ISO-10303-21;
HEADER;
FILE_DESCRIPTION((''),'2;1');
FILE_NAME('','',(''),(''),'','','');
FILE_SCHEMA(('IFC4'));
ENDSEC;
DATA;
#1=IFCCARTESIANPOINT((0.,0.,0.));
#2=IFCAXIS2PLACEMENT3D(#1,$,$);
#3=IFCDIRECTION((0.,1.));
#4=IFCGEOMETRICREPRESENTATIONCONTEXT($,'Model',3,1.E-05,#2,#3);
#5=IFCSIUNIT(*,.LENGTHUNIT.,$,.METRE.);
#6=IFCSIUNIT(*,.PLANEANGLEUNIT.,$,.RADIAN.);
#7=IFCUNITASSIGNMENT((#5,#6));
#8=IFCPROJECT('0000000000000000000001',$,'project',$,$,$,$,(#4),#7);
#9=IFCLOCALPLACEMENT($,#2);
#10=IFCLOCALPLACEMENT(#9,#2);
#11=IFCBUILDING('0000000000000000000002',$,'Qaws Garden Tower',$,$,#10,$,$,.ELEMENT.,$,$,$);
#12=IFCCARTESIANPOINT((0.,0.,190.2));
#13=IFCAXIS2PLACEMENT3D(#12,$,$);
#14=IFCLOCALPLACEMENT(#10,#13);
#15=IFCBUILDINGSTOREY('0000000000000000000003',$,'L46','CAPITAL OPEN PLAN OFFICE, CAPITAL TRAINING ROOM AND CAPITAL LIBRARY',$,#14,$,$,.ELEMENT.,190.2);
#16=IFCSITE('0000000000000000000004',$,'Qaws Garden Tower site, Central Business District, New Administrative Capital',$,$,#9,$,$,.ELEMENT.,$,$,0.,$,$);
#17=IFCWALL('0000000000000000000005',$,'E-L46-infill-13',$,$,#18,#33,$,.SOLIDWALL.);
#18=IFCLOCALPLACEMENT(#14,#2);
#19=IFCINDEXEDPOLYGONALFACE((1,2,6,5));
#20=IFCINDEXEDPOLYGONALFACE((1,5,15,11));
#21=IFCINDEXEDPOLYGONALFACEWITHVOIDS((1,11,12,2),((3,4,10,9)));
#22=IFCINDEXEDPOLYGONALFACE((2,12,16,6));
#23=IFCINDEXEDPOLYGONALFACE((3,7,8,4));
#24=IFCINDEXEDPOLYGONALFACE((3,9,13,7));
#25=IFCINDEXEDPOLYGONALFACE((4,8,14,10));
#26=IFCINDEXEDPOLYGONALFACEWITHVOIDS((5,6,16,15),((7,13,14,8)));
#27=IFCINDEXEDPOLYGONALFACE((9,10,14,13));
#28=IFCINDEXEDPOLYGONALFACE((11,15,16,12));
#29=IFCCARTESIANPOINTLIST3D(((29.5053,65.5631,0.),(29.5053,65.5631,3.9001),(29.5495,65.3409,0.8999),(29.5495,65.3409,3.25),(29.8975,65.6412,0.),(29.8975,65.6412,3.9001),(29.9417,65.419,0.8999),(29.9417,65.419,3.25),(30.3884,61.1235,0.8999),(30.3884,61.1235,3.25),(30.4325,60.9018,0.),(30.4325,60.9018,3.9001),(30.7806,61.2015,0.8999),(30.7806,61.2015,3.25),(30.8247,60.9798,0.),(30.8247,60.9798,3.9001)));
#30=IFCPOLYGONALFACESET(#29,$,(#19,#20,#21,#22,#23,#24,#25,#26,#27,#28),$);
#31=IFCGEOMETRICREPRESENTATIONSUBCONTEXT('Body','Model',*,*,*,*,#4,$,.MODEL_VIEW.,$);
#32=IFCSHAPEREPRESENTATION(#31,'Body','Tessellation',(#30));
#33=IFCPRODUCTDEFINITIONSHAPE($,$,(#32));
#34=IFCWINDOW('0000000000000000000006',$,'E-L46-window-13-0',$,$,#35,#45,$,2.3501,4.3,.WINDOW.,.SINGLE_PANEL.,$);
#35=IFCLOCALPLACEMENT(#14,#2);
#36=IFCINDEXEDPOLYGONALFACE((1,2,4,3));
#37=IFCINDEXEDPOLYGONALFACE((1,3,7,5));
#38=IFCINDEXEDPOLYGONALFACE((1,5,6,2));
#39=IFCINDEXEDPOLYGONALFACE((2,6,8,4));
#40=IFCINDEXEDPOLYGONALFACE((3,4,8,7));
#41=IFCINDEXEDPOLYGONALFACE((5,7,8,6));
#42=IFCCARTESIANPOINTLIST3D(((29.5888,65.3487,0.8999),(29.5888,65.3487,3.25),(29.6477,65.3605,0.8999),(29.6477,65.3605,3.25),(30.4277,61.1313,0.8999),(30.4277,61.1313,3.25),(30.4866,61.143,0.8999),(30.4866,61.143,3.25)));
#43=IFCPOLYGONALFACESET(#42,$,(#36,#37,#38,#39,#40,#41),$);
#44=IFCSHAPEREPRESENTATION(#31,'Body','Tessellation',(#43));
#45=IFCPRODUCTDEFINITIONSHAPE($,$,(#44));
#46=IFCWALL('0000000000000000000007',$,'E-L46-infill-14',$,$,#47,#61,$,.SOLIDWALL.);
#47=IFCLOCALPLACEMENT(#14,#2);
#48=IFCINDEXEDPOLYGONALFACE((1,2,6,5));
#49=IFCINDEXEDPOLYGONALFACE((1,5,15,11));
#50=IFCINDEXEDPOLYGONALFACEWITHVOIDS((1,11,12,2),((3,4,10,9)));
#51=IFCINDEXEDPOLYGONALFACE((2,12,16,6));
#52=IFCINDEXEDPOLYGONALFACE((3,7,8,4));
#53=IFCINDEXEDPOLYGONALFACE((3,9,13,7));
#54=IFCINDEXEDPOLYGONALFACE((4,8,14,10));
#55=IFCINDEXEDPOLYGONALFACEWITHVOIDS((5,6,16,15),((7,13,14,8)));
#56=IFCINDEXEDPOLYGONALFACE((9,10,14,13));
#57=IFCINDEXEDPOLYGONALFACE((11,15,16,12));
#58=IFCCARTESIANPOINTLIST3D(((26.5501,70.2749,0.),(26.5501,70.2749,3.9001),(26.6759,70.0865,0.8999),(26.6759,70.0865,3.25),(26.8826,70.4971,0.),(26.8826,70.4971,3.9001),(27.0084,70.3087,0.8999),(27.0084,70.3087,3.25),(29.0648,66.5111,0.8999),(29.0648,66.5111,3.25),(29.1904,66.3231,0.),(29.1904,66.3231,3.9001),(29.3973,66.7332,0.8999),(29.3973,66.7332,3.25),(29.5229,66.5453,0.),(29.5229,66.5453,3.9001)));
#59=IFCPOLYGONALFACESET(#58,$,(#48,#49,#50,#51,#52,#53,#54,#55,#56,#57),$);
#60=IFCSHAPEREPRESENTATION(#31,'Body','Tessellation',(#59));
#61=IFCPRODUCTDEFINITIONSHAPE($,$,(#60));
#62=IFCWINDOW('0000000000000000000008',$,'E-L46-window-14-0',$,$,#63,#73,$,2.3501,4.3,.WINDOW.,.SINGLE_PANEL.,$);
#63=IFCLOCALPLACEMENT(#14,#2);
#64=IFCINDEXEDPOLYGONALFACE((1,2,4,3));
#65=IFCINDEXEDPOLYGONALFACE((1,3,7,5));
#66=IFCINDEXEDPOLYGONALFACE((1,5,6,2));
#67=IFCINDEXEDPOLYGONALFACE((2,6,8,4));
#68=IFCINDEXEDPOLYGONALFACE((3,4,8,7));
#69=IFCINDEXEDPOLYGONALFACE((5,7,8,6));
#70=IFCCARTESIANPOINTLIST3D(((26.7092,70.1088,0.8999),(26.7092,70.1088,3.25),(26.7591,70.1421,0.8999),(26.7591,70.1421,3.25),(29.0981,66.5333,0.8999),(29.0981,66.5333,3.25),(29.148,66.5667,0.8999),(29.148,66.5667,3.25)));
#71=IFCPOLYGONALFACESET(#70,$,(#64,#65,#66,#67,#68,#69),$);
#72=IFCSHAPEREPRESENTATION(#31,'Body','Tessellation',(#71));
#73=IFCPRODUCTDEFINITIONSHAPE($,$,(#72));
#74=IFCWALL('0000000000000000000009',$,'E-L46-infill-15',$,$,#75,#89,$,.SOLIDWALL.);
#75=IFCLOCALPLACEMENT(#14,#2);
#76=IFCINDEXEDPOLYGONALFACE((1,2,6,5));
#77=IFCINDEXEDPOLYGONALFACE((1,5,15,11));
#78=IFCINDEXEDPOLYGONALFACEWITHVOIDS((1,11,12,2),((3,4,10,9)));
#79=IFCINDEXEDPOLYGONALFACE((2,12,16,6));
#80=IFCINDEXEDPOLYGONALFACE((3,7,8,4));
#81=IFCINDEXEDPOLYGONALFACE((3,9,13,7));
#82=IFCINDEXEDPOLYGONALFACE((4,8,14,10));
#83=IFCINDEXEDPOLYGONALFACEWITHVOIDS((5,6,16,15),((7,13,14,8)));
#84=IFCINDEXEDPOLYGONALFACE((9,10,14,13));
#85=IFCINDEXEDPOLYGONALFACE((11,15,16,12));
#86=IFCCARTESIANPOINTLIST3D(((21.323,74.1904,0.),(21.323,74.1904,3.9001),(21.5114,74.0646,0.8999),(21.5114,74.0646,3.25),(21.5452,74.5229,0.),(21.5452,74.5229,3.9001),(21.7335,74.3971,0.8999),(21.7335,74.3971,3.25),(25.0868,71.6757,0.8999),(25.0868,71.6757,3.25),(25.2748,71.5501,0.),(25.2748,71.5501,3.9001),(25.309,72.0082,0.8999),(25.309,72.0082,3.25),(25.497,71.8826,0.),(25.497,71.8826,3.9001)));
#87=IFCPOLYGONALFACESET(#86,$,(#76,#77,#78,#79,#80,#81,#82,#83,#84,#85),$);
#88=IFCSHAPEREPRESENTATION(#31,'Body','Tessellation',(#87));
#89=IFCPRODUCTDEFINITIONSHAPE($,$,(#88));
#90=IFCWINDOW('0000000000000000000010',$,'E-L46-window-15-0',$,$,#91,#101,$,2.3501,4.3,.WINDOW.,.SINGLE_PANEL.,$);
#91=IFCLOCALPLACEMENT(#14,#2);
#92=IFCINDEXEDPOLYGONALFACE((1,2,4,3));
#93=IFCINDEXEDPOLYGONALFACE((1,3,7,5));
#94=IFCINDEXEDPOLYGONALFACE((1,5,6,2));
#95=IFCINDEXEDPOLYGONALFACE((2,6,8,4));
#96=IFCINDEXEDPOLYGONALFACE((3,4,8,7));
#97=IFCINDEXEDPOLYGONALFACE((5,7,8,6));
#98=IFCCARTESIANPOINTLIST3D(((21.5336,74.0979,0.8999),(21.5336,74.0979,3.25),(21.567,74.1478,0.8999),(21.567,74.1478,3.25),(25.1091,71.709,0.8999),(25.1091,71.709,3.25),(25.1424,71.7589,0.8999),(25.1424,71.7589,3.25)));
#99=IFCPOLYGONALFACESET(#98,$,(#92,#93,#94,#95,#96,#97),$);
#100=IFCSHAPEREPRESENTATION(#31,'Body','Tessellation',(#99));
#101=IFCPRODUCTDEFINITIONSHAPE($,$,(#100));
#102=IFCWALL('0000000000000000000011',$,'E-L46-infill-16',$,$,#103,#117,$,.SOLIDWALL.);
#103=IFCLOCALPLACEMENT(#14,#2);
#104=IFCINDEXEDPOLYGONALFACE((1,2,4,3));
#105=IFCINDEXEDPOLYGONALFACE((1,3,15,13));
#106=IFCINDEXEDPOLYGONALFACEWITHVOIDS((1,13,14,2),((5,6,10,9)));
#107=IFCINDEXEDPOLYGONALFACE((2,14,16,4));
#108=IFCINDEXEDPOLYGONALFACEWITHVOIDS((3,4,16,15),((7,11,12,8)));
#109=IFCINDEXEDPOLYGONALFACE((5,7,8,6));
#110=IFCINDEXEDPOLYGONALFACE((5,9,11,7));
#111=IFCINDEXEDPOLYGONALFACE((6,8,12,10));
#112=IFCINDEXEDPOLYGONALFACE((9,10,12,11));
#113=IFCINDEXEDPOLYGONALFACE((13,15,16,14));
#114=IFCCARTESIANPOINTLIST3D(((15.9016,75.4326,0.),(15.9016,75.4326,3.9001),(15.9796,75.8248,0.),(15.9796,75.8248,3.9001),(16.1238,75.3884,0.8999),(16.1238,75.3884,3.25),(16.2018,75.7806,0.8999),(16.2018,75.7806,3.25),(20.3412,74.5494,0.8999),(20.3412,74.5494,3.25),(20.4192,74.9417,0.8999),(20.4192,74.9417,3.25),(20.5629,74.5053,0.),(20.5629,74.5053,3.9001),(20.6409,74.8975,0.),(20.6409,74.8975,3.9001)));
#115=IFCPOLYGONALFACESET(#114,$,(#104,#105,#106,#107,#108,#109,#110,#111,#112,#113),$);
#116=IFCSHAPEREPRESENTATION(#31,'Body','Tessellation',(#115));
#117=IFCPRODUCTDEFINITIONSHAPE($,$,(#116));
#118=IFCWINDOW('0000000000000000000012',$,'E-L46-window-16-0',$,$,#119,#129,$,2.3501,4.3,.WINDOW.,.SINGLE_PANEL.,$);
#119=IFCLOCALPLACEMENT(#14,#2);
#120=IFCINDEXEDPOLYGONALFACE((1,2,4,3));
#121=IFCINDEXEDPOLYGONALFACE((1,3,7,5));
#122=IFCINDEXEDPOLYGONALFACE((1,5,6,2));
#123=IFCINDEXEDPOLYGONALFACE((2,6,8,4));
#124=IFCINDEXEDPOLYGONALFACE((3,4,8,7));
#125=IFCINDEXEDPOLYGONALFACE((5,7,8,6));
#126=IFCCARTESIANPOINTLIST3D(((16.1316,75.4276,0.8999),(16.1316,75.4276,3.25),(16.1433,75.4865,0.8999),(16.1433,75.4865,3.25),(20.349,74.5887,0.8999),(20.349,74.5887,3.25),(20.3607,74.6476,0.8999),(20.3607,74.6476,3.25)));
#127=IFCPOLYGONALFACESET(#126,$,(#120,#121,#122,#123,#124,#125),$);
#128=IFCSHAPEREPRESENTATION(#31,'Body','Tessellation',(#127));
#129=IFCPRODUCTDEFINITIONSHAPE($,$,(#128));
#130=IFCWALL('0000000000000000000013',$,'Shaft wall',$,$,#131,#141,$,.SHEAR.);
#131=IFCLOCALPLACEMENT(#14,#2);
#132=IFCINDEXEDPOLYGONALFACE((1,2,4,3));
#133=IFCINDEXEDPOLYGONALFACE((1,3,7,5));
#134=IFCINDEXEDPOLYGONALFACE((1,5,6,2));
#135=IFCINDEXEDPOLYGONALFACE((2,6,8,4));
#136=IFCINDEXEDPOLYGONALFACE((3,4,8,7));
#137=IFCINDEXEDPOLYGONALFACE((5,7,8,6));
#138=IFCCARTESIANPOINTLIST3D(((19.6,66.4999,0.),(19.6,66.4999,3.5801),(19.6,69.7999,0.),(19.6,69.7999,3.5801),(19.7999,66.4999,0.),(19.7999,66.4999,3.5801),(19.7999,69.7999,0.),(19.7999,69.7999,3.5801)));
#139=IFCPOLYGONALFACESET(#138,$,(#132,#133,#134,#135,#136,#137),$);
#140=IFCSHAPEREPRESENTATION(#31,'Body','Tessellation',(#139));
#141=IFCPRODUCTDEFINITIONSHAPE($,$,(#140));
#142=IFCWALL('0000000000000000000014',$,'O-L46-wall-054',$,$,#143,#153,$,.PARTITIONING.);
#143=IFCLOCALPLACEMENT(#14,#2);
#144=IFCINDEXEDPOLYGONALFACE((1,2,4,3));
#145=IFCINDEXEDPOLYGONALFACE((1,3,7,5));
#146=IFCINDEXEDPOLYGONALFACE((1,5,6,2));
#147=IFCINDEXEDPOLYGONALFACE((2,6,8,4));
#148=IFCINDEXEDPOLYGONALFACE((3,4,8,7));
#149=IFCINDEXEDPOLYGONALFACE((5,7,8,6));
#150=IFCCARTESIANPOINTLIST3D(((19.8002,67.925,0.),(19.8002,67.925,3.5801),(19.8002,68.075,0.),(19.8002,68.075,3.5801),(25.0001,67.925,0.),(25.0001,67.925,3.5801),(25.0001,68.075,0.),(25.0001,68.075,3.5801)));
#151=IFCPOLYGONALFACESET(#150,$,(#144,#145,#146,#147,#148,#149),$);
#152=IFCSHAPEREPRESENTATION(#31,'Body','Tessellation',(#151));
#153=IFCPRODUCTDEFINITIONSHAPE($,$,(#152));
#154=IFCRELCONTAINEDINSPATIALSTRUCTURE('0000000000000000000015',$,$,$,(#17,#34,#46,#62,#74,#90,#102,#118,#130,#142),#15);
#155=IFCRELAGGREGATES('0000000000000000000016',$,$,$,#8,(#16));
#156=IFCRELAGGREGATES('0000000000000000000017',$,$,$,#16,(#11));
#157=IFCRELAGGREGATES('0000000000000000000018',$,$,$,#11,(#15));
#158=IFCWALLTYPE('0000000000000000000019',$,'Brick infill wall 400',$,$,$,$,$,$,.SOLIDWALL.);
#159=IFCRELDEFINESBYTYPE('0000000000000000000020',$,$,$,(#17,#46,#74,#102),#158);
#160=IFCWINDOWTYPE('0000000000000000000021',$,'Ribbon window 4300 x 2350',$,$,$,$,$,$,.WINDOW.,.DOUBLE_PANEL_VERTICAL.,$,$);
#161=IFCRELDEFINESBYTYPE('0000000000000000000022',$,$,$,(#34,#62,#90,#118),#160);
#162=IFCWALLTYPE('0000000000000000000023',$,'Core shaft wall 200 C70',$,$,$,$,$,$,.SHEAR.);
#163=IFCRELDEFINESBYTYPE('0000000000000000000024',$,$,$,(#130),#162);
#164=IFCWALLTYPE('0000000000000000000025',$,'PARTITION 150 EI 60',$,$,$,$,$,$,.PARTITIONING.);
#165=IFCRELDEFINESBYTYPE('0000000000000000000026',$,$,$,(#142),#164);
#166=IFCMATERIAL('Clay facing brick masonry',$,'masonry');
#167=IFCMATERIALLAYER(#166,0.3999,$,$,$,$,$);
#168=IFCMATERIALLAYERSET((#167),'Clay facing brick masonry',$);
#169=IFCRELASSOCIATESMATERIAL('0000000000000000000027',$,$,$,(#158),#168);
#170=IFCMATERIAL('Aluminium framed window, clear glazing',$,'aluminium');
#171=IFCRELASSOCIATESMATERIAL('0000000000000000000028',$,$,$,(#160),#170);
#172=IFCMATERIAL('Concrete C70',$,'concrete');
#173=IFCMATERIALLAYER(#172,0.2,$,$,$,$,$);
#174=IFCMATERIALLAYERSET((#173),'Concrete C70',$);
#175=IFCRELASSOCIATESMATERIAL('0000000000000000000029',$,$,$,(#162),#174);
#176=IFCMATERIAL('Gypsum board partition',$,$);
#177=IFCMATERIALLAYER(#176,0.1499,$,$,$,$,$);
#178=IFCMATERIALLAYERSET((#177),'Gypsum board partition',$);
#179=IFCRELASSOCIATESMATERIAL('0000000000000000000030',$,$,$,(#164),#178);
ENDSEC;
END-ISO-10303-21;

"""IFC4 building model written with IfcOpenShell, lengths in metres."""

from ifc_helpers import new_model, si_unit, direction, frame, frame_2d, origin, place, context, subcontext, project, spatial, rectangle, extrude, material, layer, layer_set, type_object, element, fill, save


model = new_model("IFC4")

# Units and contexts
model_context = context("Model", 3, precision=1e-05, world=origin(), true_north=direction((0.0, 1.0)))
body_context = subcontext(model_context, "Body", "Model", "MODEL_VIEW")
ifc_project = project(units=[si_unit("LENGTHUNIT", "METRE"), si_unit("PLANEANGLEUNIT", "RADIAN")], contexts=[model_context])

# Site, building, storey
site_placement = place(None, origin())
site = spatial("IfcSite", under=ifc_project, at=site_placement, Name="Qaws Garden Tower site, Central Business District, New Administrative Capital", CompositionType="ELEMENT", RefElevation=0.0)
building_placement = place(site_placement, origin())
building = spatial("IfcBuilding", under=site, at=building_placement, Name="Qaws Garden Tower", CompositionType="ELEMENT")
storey_placement = place(building_placement, frame((0.0, 0.0, 190.2)))
storey = spatial("IfcBuildingStorey", under=building, at=storey_placement, Name="L46", Description="CAPITAL OPEN PLAN OFFICE, CAPITAL TRAINING ROOM AND CAPITAL LIBRARY", CompositionType="ELEMENT", Elevation=190.2)

# Walls, openings, windows
ifc_material_1 = material(Name="Clay facing brick masonry", Category="masonry")
ifc_layer_1 = layer(ifc_material_1, 0.3999)
ifc_layer_set_1 = layer_set([ifc_layer_1], Name="Clay facing brick masonry")
wall_type_1 = type_object("IfcWallType", Name="Brick infill wall 400", PredefinedType="SOLIDWALL", material=ifc_layer_set_1)
wall_1_placement = place(storey_placement, frame((30.6287, 60.9407, 0.0), z_axis=(0.0, 0.0, 1.0), x_axis=(-0.195099, 0.980784, 0.0)))
wall_1 = element("IfcWall", 1, at=wall_1_placement, inside=storey, type_object=wall_type_1, Name="E-L46-infill-13", PredefinedType="SOLIDWALL", context=body_context, shape_type="SweptSolid", body=[
    extrude(rectangle(XDim=4.7527, YDim=0.3999, at=frame_2d((2.3765, 0.0))), origin(), (0.0, 0.0, 1.0), 3.9001),
])
opening_1_placement = place(wall_1_placement, frame((0.2263, 0.0, 0.8999)))
opening_1 = element("IfcOpeningElement", 2, at=opening_1_placement, cuts=wall_1, PredefinedType="OPENING", context=body_context, shape_type="SweptSolid", body=[
    extrude(rectangle(XDim=4.3, YDim=2.3501, at=frame_2d((2.1499, 1.175))), frame((0.0, 0.21, 0.0), z_axis=(0.0, -1.0, 0.0), x_axis=(1.0, 0.0, 0.0)), (0.0, 0.0, 1.0), 0.4199),
])
ifc_material_2 = material(Name="Aluminium framed window, clear glazing", Category="aluminium")
window_type = type_object("IfcWindowType", Name="Ribbon window 4300 x 2350", PartitioningType="DOUBLE_PANEL_VERTICAL", PredefinedType="WINDOW", material=ifc_material_2)
window_1_placement = place(opening_1_placement, origin())
window_1 = element("IfcWindow", 3, at=window_1_placement, inside=storey, type_object=window_type, Name="E-L46-window-13-0", OverallHeight=2.3501, OverallWidth=4.3, PartitioningType="SINGLE_PANEL", PredefinedType="WINDOW", context=body_context, shape_type="SweptSolid", body=[
    extrude(rectangle(XDim=4.3, YDim=2.3501, at=frame_2d((2.1499, 1.175))), frame((0.0, 0.1599, 0.0), z_axis=(0.0, -1.0, 0.0), x_axis=(1.0, 0.0, 0.0)), (0.0, 0.0, 1.0), 0.0601),
])
fill(opening_1, window_1)
wall_2_placement = place(storey_placement, frame((29.3567, 66.4341, 0.0), z_axis=(0.0, 0.0, 1.0), x_axis=(-0.555542, 0.831489, 0.0)))
wall_2 = element("IfcWall", 4, at=wall_2_placement, inside=storey, type_object=wall_type_1, Name="E-L46-infill-14", PredefinedType="SOLIDWALL", context=body_context, shape_type="SweptSolid", body=[
    extrude(rectangle(XDim=4.7527, YDim=0.3999, at=frame_2d((2.3765, 0.0))), origin(), (0.0, 0.0, 1.0), 3.9001),
])
opening_2_placement = place(wall_2_placement, frame((0.2263, 0.0, 0.8999)))
opening_2 = element("IfcOpeningElement", 5, at=opening_2_placement, cuts=wall_2, PredefinedType="OPENING", context=body_context, shape_type="SweptSolid", body=[
    extrude(rectangle(XDim=4.3, YDim=2.3501, at=frame_2d((2.1499, 1.175))), frame((0.0, 0.21, 0.0), z_axis=(0.0, -1.0, 0.0), x_axis=(1.0, 0.0, 0.0)), (0.0, 0.0, 1.0), 0.4199),
])
window_2_placement = place(opening_2_placement, origin())
window_2 = element("IfcWindow", 6, at=window_2_placement, inside=storey, type_object=window_type, Name="E-L46-window-14-0", OverallHeight=2.3501, OverallWidth=4.3, PartitioningType="SINGLE_PANEL", PredefinedType="WINDOW", context=body_context, shape_type="SweptSolid", body=[
    extrude(rectangle(XDim=4.3, YDim=2.3501, at=frame_2d((2.1499, 1.175))), frame((0.0, 0.1599, 0.0), z_axis=(0.0, -1.0, 0.0), x_axis=(1.0, 0.0, 0.0)), (0.0, 0.0, 1.0), 0.0601),
])
fill(opening_2, window_2)
wall_3_placement = place(storey_placement, frame((25.386, 71.7163, 0.0), z_axis=(0.0, 0.0, 1.0), x_axis=(-0.831489, 0.555542, 0.0)))
wall_3 = element("IfcWall", 7, at=wall_3_placement, inside=storey, type_object=wall_type_1, Name="E-L46-infill-15", PredefinedType="SOLIDWALL", context=body_context, shape_type="SweptSolid", body=[
    extrude(rectangle(XDim=4.7527, YDim=0.3999, at=frame_2d((2.3765, 0.0))), origin(), (0.0, 0.0, 1.0), 3.9001),
])
opening_3_placement = place(wall_3_placement, frame((0.2263, 0.0, 0.8999)))
opening_3 = element("IfcOpeningElement", 8, at=opening_3_placement, cuts=wall_3, PredefinedType="OPENING", context=body_context, shape_type="SweptSolid", body=[
    extrude(rectangle(XDim=4.3, YDim=2.3501, at=frame_2d((2.1499, 1.175))), frame((0.0, 0.21, 0.0), z_axis=(0.0, -1.0, 0.0), x_axis=(1.0, 0.0, 0.0)), (0.0, 0.0, 1.0), 0.4199),
])
window_3_placement = place(opening_3_placement, origin())
window_3 = element("IfcWindow", 9, at=window_3_placement, inside=storey, type_object=window_type, Name="E-L46-window-15-0", OverallHeight=2.3501, OverallWidth=4.3, PartitioningType="SINGLE_PANEL", PredefinedType="WINDOW", context=body_context, shape_type="SweptSolid", body=[
    extrude(rectangle(XDim=4.3, YDim=2.3501, at=frame_2d((2.1499, 1.175))), frame((0.0, 0.1599, 0.0), z_axis=(0.0, -1.0, 0.0), x_axis=(1.0, 0.0, 0.0)), (0.0, 0.0, 1.0), 0.0601),
])
fill(opening_3, window_3)
wall_4_placement = place(storey_placement, frame((20.6021, 74.7014, 0.0), z_axis=(0.0, 0.0, 1.0), x_axis=(-0.980784, 0.195099, 0.0)))
wall_4 = element("IfcWall", 10, at=wall_4_placement, inside=storey, type_object=wall_type_1, Name="E-L46-infill-16", PredefinedType="SOLIDWALL", context=body_context, shape_type="SweptSolid", body=[
    extrude(rectangle(XDim=4.7527, YDim=0.3999, at=frame_2d((2.3765, 0.0))), origin(), (0.0, 0.0, 1.0), 3.9001),
])
opening_4_placement = place(wall_4_placement, frame((0.2263, 0.0, 0.8999)))
opening_4 = element("IfcOpeningElement", 11, at=opening_4_placement, cuts=wall_4, PredefinedType="OPENING", context=body_context, shape_type="SweptSolid", body=[
    extrude(rectangle(XDim=4.3, YDim=2.3501, at=frame_2d((2.1499, 1.175))), frame((0.0, 0.21, 0.0), z_axis=(0.0, -1.0, 0.0), x_axis=(1.0, 0.0, 0.0)), (0.0, 0.0, 1.0), 0.4199),
])
window_4_placement = place(opening_4_placement, origin())
window_4 = element("IfcWindow", 12, at=window_4_placement, inside=storey, type_object=window_type, Name="E-L46-window-16-0", OverallHeight=2.3501, OverallWidth=4.3, PartitioningType="SINGLE_PANEL", PredefinedType="WINDOW", context=body_context, shape_type="SweptSolid", body=[
    extrude(rectangle(XDim=4.3, YDim=2.3501, at=frame_2d((2.1499, 1.175))), frame((0.0, 0.1599, 0.0), z_axis=(0.0, -1.0, 0.0), x_axis=(1.0, 0.0, 0.0)), (0.0, 0.0, 1.0), 0.0601),
])
fill(opening_4, window_4)

# Walls
ifc_material_3 = material(Name="Concrete C70", Category="concrete")
ifc_layer_2 = layer(ifc_material_3, 0.2)
ifc_layer_set_2 = layer_set([ifc_layer_2], Name="Concrete C70")
wall_type_2 = type_object("IfcWallType", Name="Core shaft wall 200 C70", PredefinedType="SHEAR", material=ifc_layer_set_2)
wall_5_placement = place(storey_placement, frame((19.7, 66.5, 0.0), z_axis=(0.0, 0.0, 1.0), x_axis=(0.0, 1.0, 0.0)))
element("IfcWall", 13, at=wall_5_placement, inside=storey, type_object=wall_type_2, Name="Shaft wall", PredefinedType="SHEAR", context=body_context, shape_type="SweptSolid", body=[
    extrude(rectangle(XDim=3.3, YDim=0.2, at=frame_2d((1.6499, 0.0))), origin(), (0.0, 0.0, 1.0), 3.5801),
])
ifc_material_4 = material(Name="Gypsum board partition")
ifc_layer_3 = layer(ifc_material_4, 0.1499)
ifc_layer_set_3 = layer_set([ifc_layer_3], Name="Gypsum board partition")
wall_type_3 = type_object("IfcWallType", Name="PARTITION 150 EI 60", PredefinedType="PARTITIONING", material=ifc_layer_set_3)
wall_6_placement = place(storey_placement, frame((19.8, 68.0, 0.0), z_axis=(0.0, 0.0, 1.0), x_axis=(1.0, 0.0, 0.0)))
element("IfcWall", 14, at=wall_6_placement, inside=storey, type_object=wall_type_3, Name="O-L46-wall-054", PredefinedType="PARTITIONING", context=body_context, shape_type="SweptSolid", body=[
    extrude(rectangle(XDim=5.2, YDim=0.1499, at=frame_2d((2.6001, 0.0))), origin(), (0.0, 0.0, 1.0), 3.5801),
])

save(model, "model.ifc")
